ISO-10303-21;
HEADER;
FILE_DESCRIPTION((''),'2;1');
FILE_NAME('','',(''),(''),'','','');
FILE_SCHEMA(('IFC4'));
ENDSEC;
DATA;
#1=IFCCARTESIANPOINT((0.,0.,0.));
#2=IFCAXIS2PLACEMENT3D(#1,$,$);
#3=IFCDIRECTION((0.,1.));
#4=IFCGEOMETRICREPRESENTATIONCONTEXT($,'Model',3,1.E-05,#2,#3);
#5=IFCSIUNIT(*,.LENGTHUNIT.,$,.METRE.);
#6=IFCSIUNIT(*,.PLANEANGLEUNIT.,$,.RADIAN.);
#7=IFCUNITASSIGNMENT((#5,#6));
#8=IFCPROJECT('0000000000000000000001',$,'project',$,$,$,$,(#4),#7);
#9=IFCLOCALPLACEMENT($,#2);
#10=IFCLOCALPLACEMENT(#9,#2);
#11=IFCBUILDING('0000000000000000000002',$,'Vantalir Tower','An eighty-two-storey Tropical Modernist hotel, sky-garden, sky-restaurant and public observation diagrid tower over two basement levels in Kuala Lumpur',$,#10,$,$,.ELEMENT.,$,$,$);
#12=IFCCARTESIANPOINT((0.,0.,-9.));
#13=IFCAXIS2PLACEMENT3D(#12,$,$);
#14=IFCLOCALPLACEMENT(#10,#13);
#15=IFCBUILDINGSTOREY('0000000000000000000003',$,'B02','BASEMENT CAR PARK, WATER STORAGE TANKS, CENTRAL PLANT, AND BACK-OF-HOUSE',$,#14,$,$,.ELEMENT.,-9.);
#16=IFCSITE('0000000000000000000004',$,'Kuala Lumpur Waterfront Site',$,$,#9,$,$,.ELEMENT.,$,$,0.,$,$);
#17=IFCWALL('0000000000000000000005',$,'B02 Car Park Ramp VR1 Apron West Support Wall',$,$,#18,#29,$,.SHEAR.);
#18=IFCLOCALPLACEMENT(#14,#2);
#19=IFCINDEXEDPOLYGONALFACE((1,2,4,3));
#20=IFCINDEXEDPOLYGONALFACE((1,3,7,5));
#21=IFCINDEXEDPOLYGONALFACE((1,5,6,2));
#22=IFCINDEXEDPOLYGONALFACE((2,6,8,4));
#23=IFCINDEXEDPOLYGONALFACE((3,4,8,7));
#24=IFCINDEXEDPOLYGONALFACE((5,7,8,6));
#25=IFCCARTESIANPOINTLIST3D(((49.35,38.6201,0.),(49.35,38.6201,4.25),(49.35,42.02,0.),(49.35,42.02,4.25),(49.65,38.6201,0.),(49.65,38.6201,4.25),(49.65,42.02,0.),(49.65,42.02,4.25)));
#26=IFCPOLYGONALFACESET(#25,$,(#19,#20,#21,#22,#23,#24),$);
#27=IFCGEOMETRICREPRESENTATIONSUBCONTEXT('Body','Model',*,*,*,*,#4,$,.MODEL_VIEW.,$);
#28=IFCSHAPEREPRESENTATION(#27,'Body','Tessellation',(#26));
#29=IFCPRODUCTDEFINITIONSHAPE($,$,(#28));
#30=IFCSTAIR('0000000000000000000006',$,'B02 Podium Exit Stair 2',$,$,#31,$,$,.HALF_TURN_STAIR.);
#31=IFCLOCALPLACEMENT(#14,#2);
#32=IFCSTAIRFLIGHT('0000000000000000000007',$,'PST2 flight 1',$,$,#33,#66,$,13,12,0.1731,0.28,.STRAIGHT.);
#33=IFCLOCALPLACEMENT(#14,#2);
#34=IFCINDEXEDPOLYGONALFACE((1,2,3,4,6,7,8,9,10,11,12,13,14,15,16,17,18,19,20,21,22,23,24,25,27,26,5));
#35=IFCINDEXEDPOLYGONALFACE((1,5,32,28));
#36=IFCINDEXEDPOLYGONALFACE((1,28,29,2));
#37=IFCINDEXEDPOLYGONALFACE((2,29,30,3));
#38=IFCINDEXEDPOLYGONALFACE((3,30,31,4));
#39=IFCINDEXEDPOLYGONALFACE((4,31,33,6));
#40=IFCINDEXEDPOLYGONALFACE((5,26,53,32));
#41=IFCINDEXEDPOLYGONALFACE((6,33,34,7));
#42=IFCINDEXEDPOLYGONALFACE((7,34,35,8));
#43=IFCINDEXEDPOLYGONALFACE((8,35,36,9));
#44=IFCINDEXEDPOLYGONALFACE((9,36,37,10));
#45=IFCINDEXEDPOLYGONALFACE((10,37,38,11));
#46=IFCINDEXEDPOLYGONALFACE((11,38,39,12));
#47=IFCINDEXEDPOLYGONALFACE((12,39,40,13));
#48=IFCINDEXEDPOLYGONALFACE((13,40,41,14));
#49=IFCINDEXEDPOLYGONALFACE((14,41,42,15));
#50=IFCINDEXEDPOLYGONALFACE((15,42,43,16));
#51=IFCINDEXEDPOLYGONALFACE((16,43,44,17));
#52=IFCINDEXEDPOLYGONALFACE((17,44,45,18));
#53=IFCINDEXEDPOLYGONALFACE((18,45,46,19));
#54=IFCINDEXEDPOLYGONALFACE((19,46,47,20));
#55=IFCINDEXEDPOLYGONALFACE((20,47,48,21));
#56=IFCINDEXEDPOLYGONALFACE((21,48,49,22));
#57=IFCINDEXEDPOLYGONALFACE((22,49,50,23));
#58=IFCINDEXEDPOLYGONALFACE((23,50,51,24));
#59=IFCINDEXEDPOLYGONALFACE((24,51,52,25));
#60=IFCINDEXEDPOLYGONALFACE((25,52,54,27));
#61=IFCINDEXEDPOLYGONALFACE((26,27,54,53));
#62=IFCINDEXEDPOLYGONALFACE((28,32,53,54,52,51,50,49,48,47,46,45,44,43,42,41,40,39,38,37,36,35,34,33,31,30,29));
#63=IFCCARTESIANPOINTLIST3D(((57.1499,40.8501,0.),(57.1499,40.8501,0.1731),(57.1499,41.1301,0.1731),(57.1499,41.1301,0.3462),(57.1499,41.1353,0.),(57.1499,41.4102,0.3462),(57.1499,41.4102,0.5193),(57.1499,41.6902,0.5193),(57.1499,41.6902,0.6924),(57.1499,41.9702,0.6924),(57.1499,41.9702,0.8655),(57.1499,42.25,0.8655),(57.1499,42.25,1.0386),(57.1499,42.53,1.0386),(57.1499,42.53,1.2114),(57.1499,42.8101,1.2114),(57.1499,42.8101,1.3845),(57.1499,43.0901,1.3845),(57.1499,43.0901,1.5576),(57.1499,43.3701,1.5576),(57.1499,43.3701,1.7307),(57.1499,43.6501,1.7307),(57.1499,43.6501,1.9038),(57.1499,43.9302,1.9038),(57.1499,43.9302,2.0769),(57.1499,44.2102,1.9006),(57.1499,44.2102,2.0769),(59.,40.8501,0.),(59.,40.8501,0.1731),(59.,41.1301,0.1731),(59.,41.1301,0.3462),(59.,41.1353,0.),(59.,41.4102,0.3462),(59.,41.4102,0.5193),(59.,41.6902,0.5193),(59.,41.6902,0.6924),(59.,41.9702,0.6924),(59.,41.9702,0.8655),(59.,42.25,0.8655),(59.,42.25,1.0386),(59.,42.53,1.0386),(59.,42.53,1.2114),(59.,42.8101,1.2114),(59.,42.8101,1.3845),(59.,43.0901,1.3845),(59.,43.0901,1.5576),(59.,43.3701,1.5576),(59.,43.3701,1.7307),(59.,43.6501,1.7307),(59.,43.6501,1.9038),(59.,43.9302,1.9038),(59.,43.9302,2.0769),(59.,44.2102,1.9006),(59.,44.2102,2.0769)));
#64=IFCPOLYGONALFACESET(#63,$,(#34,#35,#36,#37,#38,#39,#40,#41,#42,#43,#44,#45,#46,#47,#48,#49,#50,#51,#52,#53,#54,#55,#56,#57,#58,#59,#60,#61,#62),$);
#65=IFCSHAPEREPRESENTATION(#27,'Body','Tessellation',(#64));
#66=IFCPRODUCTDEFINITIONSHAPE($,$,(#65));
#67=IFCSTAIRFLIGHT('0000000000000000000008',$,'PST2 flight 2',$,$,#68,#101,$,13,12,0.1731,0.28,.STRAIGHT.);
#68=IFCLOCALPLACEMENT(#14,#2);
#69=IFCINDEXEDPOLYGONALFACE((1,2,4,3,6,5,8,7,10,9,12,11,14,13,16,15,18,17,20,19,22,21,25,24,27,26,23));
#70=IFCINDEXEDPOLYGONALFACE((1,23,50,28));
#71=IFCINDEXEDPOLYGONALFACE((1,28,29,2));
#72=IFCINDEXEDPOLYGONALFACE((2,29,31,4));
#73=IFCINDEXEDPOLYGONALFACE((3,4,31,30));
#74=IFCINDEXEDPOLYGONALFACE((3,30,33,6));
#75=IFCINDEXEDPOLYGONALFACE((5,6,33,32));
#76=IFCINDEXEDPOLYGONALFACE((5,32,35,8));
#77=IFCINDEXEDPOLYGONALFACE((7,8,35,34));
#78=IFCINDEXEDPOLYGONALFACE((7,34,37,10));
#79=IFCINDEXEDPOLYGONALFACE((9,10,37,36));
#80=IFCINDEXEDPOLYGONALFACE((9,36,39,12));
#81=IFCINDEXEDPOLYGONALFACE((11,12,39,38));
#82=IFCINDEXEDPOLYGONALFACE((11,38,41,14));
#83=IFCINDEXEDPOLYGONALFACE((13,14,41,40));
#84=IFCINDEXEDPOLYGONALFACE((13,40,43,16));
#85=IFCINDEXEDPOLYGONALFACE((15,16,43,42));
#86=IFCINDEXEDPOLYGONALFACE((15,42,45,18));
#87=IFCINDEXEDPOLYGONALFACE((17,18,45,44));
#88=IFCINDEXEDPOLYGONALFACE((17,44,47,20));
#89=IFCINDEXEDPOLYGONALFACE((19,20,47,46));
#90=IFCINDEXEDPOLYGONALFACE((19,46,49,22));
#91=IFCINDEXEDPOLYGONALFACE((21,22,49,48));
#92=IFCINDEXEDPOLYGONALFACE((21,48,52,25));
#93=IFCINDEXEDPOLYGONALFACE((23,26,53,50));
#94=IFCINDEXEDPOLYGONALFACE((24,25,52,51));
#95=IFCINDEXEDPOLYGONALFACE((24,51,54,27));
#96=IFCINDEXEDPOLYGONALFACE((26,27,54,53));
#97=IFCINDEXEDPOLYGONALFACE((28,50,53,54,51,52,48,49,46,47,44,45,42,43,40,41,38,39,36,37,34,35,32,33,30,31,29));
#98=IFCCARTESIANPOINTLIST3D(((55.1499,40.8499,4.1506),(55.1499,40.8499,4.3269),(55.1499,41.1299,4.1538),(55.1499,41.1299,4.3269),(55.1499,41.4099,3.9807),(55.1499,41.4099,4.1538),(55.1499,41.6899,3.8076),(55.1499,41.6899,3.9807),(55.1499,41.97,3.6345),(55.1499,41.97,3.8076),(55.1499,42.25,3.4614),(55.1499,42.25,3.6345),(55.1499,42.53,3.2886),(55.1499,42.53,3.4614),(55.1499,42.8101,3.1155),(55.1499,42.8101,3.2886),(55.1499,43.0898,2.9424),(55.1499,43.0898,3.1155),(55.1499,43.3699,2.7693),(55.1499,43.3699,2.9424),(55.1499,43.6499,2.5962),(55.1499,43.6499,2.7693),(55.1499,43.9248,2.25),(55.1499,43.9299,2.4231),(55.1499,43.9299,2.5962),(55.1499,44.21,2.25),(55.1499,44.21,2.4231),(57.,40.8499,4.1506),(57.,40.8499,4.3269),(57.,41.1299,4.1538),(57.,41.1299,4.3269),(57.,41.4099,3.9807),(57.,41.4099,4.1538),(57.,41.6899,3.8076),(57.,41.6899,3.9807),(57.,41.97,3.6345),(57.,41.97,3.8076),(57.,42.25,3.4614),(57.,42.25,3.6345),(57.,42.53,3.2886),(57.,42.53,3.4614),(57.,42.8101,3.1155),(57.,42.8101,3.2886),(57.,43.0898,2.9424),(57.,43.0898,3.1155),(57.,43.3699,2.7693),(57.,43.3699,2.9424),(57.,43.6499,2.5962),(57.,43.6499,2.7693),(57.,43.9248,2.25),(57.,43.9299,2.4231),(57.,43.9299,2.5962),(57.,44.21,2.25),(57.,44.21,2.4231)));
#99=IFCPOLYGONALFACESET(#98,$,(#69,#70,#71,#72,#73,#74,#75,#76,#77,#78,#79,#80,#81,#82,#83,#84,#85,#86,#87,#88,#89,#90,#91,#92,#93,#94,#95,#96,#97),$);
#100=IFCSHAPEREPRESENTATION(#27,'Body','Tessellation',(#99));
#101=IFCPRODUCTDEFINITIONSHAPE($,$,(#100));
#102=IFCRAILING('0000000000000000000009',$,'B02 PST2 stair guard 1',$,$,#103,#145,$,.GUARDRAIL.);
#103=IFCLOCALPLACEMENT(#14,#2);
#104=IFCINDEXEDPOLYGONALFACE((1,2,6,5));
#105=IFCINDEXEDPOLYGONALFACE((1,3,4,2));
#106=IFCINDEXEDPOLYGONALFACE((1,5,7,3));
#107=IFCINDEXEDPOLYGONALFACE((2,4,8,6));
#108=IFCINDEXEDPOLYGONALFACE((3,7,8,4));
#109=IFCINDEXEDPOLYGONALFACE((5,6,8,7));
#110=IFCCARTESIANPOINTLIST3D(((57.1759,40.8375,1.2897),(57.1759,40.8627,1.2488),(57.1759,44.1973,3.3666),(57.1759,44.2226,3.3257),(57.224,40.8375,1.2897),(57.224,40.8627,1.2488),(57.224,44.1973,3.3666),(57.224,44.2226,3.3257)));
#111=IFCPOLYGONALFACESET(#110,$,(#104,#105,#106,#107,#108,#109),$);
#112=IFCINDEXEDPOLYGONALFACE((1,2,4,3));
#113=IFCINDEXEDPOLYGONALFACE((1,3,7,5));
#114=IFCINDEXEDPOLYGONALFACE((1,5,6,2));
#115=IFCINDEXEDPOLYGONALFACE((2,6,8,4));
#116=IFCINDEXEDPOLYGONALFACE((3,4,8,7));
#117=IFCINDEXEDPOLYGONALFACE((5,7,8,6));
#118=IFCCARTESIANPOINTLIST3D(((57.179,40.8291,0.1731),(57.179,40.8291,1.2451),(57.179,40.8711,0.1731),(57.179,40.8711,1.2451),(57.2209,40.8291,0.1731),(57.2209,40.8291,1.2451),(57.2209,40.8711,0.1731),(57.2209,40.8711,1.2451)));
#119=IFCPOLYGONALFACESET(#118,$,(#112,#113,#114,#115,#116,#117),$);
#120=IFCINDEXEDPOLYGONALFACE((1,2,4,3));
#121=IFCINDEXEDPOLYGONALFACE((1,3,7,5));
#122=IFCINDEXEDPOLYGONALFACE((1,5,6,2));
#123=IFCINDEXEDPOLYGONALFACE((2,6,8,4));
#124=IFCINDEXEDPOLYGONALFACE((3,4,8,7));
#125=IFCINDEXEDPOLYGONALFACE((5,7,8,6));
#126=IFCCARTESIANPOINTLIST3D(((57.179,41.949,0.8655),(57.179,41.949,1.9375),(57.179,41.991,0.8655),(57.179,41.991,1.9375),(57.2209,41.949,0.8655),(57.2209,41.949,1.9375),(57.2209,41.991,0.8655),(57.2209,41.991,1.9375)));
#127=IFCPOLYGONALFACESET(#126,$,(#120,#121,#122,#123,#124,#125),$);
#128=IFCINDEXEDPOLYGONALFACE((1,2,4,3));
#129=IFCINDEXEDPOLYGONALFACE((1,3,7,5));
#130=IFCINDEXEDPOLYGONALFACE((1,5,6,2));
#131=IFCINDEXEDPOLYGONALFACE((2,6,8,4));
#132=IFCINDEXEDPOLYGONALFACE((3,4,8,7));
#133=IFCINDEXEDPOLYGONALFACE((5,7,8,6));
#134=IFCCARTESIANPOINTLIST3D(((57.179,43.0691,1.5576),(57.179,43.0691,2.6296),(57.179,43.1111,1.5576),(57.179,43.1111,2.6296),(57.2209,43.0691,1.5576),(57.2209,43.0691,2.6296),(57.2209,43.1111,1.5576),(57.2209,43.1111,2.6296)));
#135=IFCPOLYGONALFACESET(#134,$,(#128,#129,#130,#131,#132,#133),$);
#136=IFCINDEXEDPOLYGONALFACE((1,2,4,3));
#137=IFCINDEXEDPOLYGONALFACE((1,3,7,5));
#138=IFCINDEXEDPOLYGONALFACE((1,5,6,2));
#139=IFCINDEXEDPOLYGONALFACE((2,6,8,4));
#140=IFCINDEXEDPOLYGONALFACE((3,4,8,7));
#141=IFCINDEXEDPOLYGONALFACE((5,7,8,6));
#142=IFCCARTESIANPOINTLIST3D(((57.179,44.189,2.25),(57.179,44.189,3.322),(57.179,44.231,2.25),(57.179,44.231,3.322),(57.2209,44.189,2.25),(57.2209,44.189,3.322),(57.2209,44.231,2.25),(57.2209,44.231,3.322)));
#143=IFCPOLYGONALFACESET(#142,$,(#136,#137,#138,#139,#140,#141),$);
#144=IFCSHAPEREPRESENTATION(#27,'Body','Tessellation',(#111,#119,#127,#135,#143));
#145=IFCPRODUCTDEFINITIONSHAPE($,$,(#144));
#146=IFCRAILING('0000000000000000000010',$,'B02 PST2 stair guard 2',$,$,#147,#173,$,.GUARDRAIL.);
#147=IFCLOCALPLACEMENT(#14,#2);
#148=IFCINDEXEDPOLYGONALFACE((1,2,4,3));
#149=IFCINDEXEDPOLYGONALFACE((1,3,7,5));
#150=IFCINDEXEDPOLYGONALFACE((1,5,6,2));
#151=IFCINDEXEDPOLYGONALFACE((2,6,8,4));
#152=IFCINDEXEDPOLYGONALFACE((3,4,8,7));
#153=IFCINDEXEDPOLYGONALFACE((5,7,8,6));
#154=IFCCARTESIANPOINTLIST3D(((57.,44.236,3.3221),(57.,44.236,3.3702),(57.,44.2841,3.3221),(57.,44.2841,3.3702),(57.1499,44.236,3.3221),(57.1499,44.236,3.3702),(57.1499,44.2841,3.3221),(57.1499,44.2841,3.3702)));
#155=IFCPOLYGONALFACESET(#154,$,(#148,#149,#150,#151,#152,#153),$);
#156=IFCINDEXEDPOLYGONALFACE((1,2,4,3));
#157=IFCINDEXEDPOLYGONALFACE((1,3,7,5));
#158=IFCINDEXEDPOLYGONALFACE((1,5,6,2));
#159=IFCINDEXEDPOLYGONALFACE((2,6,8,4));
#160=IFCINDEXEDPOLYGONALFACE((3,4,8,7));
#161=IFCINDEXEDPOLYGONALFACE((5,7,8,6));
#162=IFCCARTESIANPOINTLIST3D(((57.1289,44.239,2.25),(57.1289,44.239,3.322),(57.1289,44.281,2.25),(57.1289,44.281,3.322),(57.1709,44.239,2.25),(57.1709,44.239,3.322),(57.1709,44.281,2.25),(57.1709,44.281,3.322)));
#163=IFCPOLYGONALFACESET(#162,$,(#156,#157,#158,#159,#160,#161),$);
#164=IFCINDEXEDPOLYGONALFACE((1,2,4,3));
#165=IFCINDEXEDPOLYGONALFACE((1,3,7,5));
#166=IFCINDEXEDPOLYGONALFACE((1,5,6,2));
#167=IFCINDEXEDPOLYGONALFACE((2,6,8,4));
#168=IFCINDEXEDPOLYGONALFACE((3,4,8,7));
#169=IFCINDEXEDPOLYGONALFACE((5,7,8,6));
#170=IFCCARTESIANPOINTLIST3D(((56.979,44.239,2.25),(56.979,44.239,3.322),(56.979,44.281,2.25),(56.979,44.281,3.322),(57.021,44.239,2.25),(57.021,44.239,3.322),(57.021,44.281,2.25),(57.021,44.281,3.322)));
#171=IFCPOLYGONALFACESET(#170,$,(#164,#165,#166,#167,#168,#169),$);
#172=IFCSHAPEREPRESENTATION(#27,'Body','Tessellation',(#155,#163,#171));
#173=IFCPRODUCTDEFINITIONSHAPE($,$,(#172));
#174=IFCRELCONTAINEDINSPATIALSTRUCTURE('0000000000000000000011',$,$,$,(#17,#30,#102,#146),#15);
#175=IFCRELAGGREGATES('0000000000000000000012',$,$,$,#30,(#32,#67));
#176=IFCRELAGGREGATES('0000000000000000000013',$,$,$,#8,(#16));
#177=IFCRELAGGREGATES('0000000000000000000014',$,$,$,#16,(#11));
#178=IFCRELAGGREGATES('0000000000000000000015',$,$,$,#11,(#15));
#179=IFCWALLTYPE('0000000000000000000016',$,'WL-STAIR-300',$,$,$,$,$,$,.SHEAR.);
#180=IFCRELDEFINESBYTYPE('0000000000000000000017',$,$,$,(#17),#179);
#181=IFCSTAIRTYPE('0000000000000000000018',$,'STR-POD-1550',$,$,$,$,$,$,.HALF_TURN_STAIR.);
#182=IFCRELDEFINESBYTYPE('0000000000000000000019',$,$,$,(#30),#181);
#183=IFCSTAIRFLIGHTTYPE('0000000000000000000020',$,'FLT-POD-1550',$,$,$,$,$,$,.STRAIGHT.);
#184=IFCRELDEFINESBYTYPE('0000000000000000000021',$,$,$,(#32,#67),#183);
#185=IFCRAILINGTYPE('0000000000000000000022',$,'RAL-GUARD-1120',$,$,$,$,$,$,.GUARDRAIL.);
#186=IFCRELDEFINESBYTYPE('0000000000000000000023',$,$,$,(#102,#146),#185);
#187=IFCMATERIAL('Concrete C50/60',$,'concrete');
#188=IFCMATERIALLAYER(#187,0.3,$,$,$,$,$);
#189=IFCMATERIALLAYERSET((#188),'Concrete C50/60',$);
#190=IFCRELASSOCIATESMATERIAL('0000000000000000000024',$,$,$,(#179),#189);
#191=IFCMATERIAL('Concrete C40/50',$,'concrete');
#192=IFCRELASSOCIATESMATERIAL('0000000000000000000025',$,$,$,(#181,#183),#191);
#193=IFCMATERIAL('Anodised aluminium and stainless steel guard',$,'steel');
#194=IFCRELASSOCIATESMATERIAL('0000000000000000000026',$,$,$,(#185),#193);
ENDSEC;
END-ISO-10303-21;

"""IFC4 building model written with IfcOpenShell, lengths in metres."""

from ifc_helpers import new_model, si_unit, direction, frame, frame_2d, origin, origin_2d, place, context, subcontext, project, spatial, polyline, rectangle, outline, extrude, material, layer, layer_set, type_object, element, aggregate, save


model = new_model("IFC4")

# Units and contexts
model_context = context("Model", 3, precision=1e-05, world=origin(), true_north=direction((0.0, 1.0)))
body_context = subcontext(model_context, "Body", "Model", "MODEL_VIEW")
ifc_project = project(units=[si_unit("LENGTHUNIT", "METRE"), si_unit("PLANEANGLEUNIT", "RADIAN")], contexts=[model_context])

# Site, building, storey
site_placement = place(None, origin())
site = spatial("IfcSite", under=ifc_project, at=site_placement, Name="Kuala Lumpur Waterfront Site", CompositionType="ELEMENT", RefElevation=0.0)
building_placement = place(site_placement, origin())
building = spatial("IfcBuilding", under=site, at=building_placement, Name="Vantalir Tower", Description="An eighty-two-storey Tropical Modernist hotel, sky-garden, sky-restaurant and public observation diagrid tower over two basement levels in Kuala Lumpur", CompositionType="ELEMENT")
storey_placement = place(building_placement, frame((0.0, 0.0, -9.0)))
storey = spatial("IfcBuildingStorey", under=building, at=storey_placement, Name="B02", Description="BASEMENT CAR PARK, WATER STORAGE TANKS, CENTRAL PLANT, AND BACK-OF-HOUSE", CompositionType="ELEMENT", Elevation=-9.0)

# Shared definitions
ifc_material_1 = material(Name="Concrete C50/60", Category="concrete")

# Shared definitions
ifc_layer_1 = layer(ifc_material_1, 0.3)
ifc_layer_set_1 = layer_set([ifc_layer_1], Name="Concrete C50/60")
wall_type_1 = type_object("IfcWallType", Name="WL-STAIR-300", PredefinedType="SHEAR", material=ifc_layer_set_1)

# Wall
wall_1_placement = place(storey_placement, frame((49.5, 38.6201, 0.0), z_axis=(0.0, 0.0, 1.0), x_axis=(0.0, 1.0, 0.0)))
element("IfcWall", 1, at=wall_1_placement, inside=storey, type_object=wall_type_1, Name="B02 Car Park Ramp VR1 Apron West Support Wall", PredefinedType="SHEAR", context=body_context, shape_type="SweptSolid", body=[
    extrude(rectangle(XDim=3.3999, YDim=0.3, at=frame_2d((1.7, 0.0))), origin(), (0.0, 0.0, 1.0), 4.25),
])

# Stair, stair flights
ifc_material_2 = material(Name="Concrete C40/50", Category="concrete")
stair_type = type_object("IfcStairType", Name="STR-POD-1550", PredefinedType="HALF_TURN_STAIR", material=ifc_material_2)
stair_placement = place(storey_placement, origin())
stair = element("IfcStair", 2, at=stair_placement, inside=storey, type_object=stair_type, Name="B02 Podium Exit Stair 2", PredefinedType="HALF_TURN_STAIR")
stair_flight_type = type_object("IfcStairFlightType", Name="FLT-POD-1550", PredefinedType="STRAIGHT", material=ifc_material_2)
stair_flight_1_placement = place(storey_placement, frame((58.075, 40.8501, 0.0), z_axis=(0.0, 0.0, 1.0), x_axis=(0.0, 1.0, 0.0)))
stair_flight_1 = element("IfcStairFlight", 3, at=stair_flight_1_placement, type_object=stair_flight_type, Name="PST2 flight 1", NumberOfRisers=13, NumberOfTreads=12, PredefinedType="STRAIGHT", RiserHeight=0.1731, TreadLength=0.28, context=body_context, shape_type="SweptSolid", body=[
    extrude(outline(polyline([(0.0, 0.0), (0.0, 0.1731), (0.28, 0.1731), (0.28, 0.3462), (0.5601, 0.3462), (0.5601, 0.5193), (0.8401, 0.5193), (0.8401, 0.6924), (1.1201, 0.6924), (1.1201, 0.8655), (1.3999, 0.8655), (1.3999, 1.0386), (1.6799, 1.0386), (1.6799, 1.2114), (1.96, 1.2114), (1.96, 1.3845), (2.24, 1.3845), (2.24, 1.5576), (2.52, 1.5576), (2.52, 1.7307), (2.8, 1.7307), (2.8, 1.9038), (3.0801, 1.9038), (3.0801, 2.0769), (3.3601, 2.0769), (3.3601, 2.25), (3.3601, 1.9006), (0.2852, 0.0), (0.0, 0.0)])), frame((0.0, 0.925, 0.0), z_axis=(0.0, -1.0, 0.0), x_axis=(1.0, 0.0, 0.0)), (0.0, 0.0, 1.0), 1.8501),
])
stair_flight_2_placement = place(storey_placement, frame((56.075, 44.21, 2.25), z_axis=(0.0, 0.0, 1.0), x_axis=(0.0, -1.0, 0.0)))
stair_flight_2 = element("IfcStairFlight", 4, at=stair_flight_2_placement, type_object=stair_flight_type, Name="PST2 flight 2", NumberOfRisers=13, NumberOfTreads=12, PredefinedType="STRAIGHT", RiserHeight=0.1731, TreadLength=0.28, context=body_context, shape_type="SweptSolid", body=[
    extrude(outline(polyline([(0.0, 0.0), (0.0, 0.1731), (0.28, 0.1731), (0.28, 0.3462), (0.5601, 0.3462), (0.5601, 0.5193), (0.8401, 0.5193), (0.8401, 0.6924), (1.1201, 0.6924), (1.1201, 0.8655), (1.3999, 0.8655), (1.3999, 1.0386), (1.6799, 1.0386), (1.6799, 1.2114), (1.96, 1.2114), (1.96, 1.3845), (2.24, 1.3845), (2.24, 1.5576), (2.52, 1.5576), (2.52, 1.7307), (2.8, 1.7307), (2.8, 1.9038), (3.0801, 1.9038), (3.0801, 2.0769), (3.3601, 2.0769), (3.3601, 2.25), (3.3601, 1.9006), (0.2852, 0.0), (0.0, 0.0)])), frame((0.0, 0.925, 0.0), z_axis=(0.0, -1.0, 0.0), x_axis=(1.0, 0.0, 0.0)), (0.0, 0.0, 1.0), 1.8501),
])
aggregate(stair, [stair_flight_1, stair_flight_2])

# Railings
ifc_material_3 = material(Name="Anodised aluminium and stainless steel guard", Category="steel")
railing_type_1 = type_object("IfcRailingType", Name="RAL-GUARD-1120", PredefinedType="GUARDRAIL", material=ifc_material_3)
railing_1_placement = place(storey_placement, frame((57.2, 40.8501, 0.1731)))
element("IfcRailing", 5, at=railing_1_placement, inside=storey, type_object=railing_type_1, Name="B02 PST2 stair guard 1", PredefinedType="GUARDRAIL", context=body_context, shape_type="SweptSolid", body=[
    extrude(rectangle(XDim=0.0481, YDim=0.0481, at=origin_2d()), frame((0.0, 0.0, 1.0962), z_axis=(0.0, 0.850606, 0.525803), x_axis=(-1.0, 0.0, 0.0)), (0.0, 0.0, 1.0), 3.95),
    extrude(rectangle(XDim=0.042, YDim=0.042, at=origin_2d()), origin(), (0.0, 0.0, 1.0), 1.072),
    extrude(rectangle(XDim=0.042, YDim=0.042, at=origin_2d()), frame((0.0, 1.1199, 0.6924)), (0.0, 0.0, 1.0), 1.072),
    extrude(rectangle(XDim=0.042, YDim=0.042, at=origin_2d()), frame((0.0, 2.24, 1.3845)), (0.0, 0.0, 1.0), 1.072),
    extrude(rectangle(XDim=0.042, YDim=0.042, at=origin_2d()), frame((0.0, 3.3599, 2.0769)), (0.0, 0.0, 1.0), 1.072),
])
railing_2_placement = place(storey_placement, frame((57.1499, 44.26, 2.25)))
element("IfcRailing", 6, at=railing_2_placement, inside=storey, type_object=railing_type_1, Name="B02 PST2 stair guard 2", PredefinedType="GUARDRAIL", context=body_context, shape_type="SweptSolid", body=[
    extrude(rectangle(XDim=0.0481, YDim=0.0481, at=origin_2d()), frame((0.0, 0.0, 1.0962), z_axis=(-1.0, 0.0, 0.0), x_axis=(0.0, -1.0, 0.0)), (0.0, 0.0, 1.0), 0.1499),
    extrude(rectangle(XDim=0.042, YDim=0.042, at=origin_2d()), origin(), (0.0, 0.0, 1.0), 1.072),
    extrude(rectangle(XDim=0.042, YDim=0.042, at=origin_2d()), frame((-0.1499, 0.0, 0.0)), (0.0, 0.0, 1.0), 1.072),
])

save(model, "model.ifc")
